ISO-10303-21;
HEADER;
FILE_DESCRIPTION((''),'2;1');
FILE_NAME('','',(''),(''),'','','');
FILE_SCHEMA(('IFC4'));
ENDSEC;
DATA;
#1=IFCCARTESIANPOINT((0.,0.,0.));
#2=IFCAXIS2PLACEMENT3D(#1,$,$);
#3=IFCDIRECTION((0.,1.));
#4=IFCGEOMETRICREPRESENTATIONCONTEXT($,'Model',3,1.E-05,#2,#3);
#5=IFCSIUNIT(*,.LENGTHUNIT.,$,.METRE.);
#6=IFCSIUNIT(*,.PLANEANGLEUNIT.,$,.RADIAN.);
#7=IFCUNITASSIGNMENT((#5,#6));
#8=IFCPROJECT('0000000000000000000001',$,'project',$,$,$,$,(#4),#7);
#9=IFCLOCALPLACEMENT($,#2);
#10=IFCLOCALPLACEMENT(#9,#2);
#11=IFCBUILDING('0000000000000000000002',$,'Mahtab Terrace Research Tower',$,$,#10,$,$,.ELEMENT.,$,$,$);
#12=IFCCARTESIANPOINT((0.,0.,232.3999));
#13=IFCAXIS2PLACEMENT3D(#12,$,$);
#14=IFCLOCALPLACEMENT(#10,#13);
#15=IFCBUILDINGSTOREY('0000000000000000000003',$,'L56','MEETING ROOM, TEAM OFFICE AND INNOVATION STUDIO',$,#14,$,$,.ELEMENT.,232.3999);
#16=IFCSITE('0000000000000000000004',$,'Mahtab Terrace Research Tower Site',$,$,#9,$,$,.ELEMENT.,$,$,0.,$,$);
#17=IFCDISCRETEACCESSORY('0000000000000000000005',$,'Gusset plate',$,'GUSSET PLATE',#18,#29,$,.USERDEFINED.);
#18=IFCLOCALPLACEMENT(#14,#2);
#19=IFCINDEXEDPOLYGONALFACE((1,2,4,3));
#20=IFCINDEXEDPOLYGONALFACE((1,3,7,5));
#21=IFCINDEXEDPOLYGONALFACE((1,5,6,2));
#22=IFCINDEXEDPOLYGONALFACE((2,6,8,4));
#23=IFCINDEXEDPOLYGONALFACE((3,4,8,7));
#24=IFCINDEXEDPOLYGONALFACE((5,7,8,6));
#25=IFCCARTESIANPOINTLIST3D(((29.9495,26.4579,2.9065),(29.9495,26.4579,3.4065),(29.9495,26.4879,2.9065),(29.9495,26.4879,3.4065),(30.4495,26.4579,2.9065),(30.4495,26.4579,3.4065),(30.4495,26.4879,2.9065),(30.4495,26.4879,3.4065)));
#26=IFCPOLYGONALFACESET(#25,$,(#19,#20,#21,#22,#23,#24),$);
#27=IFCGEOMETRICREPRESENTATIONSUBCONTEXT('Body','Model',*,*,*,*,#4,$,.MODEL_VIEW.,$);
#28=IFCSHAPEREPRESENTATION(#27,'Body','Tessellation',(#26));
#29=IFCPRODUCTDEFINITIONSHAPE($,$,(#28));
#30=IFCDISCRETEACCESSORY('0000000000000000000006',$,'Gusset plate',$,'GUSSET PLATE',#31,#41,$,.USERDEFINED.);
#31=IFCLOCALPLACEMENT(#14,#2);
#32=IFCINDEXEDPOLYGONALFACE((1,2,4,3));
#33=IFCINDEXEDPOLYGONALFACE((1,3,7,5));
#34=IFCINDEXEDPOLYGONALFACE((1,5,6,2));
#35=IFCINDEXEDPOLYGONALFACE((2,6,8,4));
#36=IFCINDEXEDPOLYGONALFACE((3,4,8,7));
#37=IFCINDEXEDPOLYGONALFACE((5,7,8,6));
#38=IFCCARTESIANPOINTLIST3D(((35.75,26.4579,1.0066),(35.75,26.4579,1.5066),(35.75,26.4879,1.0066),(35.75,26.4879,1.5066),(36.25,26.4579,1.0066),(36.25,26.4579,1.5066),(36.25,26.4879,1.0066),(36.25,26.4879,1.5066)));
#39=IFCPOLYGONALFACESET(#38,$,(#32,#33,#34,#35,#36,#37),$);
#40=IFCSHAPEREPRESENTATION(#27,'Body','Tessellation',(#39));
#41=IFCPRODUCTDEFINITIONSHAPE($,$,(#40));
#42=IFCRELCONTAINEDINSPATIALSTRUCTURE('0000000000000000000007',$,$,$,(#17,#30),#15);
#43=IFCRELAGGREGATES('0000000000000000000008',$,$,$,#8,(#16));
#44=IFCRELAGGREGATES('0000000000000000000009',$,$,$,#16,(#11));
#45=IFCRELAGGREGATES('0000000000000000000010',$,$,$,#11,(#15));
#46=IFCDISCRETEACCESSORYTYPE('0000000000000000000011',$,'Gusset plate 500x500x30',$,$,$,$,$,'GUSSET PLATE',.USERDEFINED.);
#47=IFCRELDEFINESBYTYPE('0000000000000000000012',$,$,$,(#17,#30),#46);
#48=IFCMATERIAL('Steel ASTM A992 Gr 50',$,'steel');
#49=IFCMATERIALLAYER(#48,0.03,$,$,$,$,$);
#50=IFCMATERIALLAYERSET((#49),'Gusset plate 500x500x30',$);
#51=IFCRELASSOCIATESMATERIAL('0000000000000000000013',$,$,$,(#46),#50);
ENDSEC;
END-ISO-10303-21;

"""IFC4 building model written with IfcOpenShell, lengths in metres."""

from ifc_helpers import new_model, si_unit, direction, frame, origin, origin_2d, place, context, subcontext, project, spatial, rectangle, extrude, material, layer, layer_set, type_object, element, save


model = new_model("IFC4")

# Units and contexts
model_context = context("Model", 3, precision=1e-05, world=origin(), true_north=direction((0.0, 1.0)))
body_context = subcontext(model_context, "Body", "Model", "MODEL_VIEW")
ifc_project = project(units=[si_unit("LENGTHUNIT", "METRE"), si_unit("PLANEANGLEUNIT", "RADIAN")], contexts=[model_context])

# Site, building, storey
site_placement = place(None, origin())
site = spatial("IfcSite", under=ifc_project, at=site_placement, Name="Mahtab Terrace Research Tower Site", CompositionType="ELEMENT", RefElevation=0.0)
building_placement = place(site_placement, origin())
building = spatial("IfcBuilding", under=site, at=building_placement, Name="Mahtab Terrace Research Tower", CompositionType="ELEMENT")
storey_placement = place(building_placement, frame((0.0, 0.0, 232.3999)))
storey = spatial("IfcBuildingStorey", under=building, at=storey_placement, Name="L56", Description="MEETING ROOM, TEAM OFFICE AND INNOVATION STUDIO", CompositionType="ELEMENT", Elevation=232.3999)

# Shared definitions
ifc_material_1 = material(Name="Steel ASTM A992 Gr 50", Category="steel")

# Discrete accessories
ifc_layer_1 = layer(ifc_material_1, 0.03)
ifc_layer_set_1 = layer_set([ifc_layer_1], Name="Gusset plate 500x500x30")
discrete_accessory_type = type_object("IfcDiscreteAccessoryType", Name="Gusset plate 500x500x30", ElementType="GUSSET PLATE", PredefinedType="USERDEFINED", material=ifc_layer_set_1)
for number, where, z_axis, x_axis, name in (
    (1, (30.1995, 26.4729, 2.9065), (0.0, 0.0, 1.0), (1.0, 0.0, 0.0), "Gusset plate"),
    (2, (36.0, 26.4729, 1.0066), (0.0, 0.0, 1.0), (1.0, 0.0, 0.0), "Gusset plate"),
):
    element("IfcDiscreteAccessory", number, at=place(storey_placement, frame(where, z_axis=z_axis, x_axis=x_axis)), inside=storey, type_object=discrete_accessory_type, Name=name, ObjectType="GUSSET PLATE", PredefinedType="USERDEFINED", context=body_context, shape_type="SweptSolid", body=[
        extrude(rectangle(XDim=0.5, YDim=0.03, at=origin_2d()), origin(), (0.0, 0.0, 1.0), 0.5),
    ])

save(model, "model.ifc")
